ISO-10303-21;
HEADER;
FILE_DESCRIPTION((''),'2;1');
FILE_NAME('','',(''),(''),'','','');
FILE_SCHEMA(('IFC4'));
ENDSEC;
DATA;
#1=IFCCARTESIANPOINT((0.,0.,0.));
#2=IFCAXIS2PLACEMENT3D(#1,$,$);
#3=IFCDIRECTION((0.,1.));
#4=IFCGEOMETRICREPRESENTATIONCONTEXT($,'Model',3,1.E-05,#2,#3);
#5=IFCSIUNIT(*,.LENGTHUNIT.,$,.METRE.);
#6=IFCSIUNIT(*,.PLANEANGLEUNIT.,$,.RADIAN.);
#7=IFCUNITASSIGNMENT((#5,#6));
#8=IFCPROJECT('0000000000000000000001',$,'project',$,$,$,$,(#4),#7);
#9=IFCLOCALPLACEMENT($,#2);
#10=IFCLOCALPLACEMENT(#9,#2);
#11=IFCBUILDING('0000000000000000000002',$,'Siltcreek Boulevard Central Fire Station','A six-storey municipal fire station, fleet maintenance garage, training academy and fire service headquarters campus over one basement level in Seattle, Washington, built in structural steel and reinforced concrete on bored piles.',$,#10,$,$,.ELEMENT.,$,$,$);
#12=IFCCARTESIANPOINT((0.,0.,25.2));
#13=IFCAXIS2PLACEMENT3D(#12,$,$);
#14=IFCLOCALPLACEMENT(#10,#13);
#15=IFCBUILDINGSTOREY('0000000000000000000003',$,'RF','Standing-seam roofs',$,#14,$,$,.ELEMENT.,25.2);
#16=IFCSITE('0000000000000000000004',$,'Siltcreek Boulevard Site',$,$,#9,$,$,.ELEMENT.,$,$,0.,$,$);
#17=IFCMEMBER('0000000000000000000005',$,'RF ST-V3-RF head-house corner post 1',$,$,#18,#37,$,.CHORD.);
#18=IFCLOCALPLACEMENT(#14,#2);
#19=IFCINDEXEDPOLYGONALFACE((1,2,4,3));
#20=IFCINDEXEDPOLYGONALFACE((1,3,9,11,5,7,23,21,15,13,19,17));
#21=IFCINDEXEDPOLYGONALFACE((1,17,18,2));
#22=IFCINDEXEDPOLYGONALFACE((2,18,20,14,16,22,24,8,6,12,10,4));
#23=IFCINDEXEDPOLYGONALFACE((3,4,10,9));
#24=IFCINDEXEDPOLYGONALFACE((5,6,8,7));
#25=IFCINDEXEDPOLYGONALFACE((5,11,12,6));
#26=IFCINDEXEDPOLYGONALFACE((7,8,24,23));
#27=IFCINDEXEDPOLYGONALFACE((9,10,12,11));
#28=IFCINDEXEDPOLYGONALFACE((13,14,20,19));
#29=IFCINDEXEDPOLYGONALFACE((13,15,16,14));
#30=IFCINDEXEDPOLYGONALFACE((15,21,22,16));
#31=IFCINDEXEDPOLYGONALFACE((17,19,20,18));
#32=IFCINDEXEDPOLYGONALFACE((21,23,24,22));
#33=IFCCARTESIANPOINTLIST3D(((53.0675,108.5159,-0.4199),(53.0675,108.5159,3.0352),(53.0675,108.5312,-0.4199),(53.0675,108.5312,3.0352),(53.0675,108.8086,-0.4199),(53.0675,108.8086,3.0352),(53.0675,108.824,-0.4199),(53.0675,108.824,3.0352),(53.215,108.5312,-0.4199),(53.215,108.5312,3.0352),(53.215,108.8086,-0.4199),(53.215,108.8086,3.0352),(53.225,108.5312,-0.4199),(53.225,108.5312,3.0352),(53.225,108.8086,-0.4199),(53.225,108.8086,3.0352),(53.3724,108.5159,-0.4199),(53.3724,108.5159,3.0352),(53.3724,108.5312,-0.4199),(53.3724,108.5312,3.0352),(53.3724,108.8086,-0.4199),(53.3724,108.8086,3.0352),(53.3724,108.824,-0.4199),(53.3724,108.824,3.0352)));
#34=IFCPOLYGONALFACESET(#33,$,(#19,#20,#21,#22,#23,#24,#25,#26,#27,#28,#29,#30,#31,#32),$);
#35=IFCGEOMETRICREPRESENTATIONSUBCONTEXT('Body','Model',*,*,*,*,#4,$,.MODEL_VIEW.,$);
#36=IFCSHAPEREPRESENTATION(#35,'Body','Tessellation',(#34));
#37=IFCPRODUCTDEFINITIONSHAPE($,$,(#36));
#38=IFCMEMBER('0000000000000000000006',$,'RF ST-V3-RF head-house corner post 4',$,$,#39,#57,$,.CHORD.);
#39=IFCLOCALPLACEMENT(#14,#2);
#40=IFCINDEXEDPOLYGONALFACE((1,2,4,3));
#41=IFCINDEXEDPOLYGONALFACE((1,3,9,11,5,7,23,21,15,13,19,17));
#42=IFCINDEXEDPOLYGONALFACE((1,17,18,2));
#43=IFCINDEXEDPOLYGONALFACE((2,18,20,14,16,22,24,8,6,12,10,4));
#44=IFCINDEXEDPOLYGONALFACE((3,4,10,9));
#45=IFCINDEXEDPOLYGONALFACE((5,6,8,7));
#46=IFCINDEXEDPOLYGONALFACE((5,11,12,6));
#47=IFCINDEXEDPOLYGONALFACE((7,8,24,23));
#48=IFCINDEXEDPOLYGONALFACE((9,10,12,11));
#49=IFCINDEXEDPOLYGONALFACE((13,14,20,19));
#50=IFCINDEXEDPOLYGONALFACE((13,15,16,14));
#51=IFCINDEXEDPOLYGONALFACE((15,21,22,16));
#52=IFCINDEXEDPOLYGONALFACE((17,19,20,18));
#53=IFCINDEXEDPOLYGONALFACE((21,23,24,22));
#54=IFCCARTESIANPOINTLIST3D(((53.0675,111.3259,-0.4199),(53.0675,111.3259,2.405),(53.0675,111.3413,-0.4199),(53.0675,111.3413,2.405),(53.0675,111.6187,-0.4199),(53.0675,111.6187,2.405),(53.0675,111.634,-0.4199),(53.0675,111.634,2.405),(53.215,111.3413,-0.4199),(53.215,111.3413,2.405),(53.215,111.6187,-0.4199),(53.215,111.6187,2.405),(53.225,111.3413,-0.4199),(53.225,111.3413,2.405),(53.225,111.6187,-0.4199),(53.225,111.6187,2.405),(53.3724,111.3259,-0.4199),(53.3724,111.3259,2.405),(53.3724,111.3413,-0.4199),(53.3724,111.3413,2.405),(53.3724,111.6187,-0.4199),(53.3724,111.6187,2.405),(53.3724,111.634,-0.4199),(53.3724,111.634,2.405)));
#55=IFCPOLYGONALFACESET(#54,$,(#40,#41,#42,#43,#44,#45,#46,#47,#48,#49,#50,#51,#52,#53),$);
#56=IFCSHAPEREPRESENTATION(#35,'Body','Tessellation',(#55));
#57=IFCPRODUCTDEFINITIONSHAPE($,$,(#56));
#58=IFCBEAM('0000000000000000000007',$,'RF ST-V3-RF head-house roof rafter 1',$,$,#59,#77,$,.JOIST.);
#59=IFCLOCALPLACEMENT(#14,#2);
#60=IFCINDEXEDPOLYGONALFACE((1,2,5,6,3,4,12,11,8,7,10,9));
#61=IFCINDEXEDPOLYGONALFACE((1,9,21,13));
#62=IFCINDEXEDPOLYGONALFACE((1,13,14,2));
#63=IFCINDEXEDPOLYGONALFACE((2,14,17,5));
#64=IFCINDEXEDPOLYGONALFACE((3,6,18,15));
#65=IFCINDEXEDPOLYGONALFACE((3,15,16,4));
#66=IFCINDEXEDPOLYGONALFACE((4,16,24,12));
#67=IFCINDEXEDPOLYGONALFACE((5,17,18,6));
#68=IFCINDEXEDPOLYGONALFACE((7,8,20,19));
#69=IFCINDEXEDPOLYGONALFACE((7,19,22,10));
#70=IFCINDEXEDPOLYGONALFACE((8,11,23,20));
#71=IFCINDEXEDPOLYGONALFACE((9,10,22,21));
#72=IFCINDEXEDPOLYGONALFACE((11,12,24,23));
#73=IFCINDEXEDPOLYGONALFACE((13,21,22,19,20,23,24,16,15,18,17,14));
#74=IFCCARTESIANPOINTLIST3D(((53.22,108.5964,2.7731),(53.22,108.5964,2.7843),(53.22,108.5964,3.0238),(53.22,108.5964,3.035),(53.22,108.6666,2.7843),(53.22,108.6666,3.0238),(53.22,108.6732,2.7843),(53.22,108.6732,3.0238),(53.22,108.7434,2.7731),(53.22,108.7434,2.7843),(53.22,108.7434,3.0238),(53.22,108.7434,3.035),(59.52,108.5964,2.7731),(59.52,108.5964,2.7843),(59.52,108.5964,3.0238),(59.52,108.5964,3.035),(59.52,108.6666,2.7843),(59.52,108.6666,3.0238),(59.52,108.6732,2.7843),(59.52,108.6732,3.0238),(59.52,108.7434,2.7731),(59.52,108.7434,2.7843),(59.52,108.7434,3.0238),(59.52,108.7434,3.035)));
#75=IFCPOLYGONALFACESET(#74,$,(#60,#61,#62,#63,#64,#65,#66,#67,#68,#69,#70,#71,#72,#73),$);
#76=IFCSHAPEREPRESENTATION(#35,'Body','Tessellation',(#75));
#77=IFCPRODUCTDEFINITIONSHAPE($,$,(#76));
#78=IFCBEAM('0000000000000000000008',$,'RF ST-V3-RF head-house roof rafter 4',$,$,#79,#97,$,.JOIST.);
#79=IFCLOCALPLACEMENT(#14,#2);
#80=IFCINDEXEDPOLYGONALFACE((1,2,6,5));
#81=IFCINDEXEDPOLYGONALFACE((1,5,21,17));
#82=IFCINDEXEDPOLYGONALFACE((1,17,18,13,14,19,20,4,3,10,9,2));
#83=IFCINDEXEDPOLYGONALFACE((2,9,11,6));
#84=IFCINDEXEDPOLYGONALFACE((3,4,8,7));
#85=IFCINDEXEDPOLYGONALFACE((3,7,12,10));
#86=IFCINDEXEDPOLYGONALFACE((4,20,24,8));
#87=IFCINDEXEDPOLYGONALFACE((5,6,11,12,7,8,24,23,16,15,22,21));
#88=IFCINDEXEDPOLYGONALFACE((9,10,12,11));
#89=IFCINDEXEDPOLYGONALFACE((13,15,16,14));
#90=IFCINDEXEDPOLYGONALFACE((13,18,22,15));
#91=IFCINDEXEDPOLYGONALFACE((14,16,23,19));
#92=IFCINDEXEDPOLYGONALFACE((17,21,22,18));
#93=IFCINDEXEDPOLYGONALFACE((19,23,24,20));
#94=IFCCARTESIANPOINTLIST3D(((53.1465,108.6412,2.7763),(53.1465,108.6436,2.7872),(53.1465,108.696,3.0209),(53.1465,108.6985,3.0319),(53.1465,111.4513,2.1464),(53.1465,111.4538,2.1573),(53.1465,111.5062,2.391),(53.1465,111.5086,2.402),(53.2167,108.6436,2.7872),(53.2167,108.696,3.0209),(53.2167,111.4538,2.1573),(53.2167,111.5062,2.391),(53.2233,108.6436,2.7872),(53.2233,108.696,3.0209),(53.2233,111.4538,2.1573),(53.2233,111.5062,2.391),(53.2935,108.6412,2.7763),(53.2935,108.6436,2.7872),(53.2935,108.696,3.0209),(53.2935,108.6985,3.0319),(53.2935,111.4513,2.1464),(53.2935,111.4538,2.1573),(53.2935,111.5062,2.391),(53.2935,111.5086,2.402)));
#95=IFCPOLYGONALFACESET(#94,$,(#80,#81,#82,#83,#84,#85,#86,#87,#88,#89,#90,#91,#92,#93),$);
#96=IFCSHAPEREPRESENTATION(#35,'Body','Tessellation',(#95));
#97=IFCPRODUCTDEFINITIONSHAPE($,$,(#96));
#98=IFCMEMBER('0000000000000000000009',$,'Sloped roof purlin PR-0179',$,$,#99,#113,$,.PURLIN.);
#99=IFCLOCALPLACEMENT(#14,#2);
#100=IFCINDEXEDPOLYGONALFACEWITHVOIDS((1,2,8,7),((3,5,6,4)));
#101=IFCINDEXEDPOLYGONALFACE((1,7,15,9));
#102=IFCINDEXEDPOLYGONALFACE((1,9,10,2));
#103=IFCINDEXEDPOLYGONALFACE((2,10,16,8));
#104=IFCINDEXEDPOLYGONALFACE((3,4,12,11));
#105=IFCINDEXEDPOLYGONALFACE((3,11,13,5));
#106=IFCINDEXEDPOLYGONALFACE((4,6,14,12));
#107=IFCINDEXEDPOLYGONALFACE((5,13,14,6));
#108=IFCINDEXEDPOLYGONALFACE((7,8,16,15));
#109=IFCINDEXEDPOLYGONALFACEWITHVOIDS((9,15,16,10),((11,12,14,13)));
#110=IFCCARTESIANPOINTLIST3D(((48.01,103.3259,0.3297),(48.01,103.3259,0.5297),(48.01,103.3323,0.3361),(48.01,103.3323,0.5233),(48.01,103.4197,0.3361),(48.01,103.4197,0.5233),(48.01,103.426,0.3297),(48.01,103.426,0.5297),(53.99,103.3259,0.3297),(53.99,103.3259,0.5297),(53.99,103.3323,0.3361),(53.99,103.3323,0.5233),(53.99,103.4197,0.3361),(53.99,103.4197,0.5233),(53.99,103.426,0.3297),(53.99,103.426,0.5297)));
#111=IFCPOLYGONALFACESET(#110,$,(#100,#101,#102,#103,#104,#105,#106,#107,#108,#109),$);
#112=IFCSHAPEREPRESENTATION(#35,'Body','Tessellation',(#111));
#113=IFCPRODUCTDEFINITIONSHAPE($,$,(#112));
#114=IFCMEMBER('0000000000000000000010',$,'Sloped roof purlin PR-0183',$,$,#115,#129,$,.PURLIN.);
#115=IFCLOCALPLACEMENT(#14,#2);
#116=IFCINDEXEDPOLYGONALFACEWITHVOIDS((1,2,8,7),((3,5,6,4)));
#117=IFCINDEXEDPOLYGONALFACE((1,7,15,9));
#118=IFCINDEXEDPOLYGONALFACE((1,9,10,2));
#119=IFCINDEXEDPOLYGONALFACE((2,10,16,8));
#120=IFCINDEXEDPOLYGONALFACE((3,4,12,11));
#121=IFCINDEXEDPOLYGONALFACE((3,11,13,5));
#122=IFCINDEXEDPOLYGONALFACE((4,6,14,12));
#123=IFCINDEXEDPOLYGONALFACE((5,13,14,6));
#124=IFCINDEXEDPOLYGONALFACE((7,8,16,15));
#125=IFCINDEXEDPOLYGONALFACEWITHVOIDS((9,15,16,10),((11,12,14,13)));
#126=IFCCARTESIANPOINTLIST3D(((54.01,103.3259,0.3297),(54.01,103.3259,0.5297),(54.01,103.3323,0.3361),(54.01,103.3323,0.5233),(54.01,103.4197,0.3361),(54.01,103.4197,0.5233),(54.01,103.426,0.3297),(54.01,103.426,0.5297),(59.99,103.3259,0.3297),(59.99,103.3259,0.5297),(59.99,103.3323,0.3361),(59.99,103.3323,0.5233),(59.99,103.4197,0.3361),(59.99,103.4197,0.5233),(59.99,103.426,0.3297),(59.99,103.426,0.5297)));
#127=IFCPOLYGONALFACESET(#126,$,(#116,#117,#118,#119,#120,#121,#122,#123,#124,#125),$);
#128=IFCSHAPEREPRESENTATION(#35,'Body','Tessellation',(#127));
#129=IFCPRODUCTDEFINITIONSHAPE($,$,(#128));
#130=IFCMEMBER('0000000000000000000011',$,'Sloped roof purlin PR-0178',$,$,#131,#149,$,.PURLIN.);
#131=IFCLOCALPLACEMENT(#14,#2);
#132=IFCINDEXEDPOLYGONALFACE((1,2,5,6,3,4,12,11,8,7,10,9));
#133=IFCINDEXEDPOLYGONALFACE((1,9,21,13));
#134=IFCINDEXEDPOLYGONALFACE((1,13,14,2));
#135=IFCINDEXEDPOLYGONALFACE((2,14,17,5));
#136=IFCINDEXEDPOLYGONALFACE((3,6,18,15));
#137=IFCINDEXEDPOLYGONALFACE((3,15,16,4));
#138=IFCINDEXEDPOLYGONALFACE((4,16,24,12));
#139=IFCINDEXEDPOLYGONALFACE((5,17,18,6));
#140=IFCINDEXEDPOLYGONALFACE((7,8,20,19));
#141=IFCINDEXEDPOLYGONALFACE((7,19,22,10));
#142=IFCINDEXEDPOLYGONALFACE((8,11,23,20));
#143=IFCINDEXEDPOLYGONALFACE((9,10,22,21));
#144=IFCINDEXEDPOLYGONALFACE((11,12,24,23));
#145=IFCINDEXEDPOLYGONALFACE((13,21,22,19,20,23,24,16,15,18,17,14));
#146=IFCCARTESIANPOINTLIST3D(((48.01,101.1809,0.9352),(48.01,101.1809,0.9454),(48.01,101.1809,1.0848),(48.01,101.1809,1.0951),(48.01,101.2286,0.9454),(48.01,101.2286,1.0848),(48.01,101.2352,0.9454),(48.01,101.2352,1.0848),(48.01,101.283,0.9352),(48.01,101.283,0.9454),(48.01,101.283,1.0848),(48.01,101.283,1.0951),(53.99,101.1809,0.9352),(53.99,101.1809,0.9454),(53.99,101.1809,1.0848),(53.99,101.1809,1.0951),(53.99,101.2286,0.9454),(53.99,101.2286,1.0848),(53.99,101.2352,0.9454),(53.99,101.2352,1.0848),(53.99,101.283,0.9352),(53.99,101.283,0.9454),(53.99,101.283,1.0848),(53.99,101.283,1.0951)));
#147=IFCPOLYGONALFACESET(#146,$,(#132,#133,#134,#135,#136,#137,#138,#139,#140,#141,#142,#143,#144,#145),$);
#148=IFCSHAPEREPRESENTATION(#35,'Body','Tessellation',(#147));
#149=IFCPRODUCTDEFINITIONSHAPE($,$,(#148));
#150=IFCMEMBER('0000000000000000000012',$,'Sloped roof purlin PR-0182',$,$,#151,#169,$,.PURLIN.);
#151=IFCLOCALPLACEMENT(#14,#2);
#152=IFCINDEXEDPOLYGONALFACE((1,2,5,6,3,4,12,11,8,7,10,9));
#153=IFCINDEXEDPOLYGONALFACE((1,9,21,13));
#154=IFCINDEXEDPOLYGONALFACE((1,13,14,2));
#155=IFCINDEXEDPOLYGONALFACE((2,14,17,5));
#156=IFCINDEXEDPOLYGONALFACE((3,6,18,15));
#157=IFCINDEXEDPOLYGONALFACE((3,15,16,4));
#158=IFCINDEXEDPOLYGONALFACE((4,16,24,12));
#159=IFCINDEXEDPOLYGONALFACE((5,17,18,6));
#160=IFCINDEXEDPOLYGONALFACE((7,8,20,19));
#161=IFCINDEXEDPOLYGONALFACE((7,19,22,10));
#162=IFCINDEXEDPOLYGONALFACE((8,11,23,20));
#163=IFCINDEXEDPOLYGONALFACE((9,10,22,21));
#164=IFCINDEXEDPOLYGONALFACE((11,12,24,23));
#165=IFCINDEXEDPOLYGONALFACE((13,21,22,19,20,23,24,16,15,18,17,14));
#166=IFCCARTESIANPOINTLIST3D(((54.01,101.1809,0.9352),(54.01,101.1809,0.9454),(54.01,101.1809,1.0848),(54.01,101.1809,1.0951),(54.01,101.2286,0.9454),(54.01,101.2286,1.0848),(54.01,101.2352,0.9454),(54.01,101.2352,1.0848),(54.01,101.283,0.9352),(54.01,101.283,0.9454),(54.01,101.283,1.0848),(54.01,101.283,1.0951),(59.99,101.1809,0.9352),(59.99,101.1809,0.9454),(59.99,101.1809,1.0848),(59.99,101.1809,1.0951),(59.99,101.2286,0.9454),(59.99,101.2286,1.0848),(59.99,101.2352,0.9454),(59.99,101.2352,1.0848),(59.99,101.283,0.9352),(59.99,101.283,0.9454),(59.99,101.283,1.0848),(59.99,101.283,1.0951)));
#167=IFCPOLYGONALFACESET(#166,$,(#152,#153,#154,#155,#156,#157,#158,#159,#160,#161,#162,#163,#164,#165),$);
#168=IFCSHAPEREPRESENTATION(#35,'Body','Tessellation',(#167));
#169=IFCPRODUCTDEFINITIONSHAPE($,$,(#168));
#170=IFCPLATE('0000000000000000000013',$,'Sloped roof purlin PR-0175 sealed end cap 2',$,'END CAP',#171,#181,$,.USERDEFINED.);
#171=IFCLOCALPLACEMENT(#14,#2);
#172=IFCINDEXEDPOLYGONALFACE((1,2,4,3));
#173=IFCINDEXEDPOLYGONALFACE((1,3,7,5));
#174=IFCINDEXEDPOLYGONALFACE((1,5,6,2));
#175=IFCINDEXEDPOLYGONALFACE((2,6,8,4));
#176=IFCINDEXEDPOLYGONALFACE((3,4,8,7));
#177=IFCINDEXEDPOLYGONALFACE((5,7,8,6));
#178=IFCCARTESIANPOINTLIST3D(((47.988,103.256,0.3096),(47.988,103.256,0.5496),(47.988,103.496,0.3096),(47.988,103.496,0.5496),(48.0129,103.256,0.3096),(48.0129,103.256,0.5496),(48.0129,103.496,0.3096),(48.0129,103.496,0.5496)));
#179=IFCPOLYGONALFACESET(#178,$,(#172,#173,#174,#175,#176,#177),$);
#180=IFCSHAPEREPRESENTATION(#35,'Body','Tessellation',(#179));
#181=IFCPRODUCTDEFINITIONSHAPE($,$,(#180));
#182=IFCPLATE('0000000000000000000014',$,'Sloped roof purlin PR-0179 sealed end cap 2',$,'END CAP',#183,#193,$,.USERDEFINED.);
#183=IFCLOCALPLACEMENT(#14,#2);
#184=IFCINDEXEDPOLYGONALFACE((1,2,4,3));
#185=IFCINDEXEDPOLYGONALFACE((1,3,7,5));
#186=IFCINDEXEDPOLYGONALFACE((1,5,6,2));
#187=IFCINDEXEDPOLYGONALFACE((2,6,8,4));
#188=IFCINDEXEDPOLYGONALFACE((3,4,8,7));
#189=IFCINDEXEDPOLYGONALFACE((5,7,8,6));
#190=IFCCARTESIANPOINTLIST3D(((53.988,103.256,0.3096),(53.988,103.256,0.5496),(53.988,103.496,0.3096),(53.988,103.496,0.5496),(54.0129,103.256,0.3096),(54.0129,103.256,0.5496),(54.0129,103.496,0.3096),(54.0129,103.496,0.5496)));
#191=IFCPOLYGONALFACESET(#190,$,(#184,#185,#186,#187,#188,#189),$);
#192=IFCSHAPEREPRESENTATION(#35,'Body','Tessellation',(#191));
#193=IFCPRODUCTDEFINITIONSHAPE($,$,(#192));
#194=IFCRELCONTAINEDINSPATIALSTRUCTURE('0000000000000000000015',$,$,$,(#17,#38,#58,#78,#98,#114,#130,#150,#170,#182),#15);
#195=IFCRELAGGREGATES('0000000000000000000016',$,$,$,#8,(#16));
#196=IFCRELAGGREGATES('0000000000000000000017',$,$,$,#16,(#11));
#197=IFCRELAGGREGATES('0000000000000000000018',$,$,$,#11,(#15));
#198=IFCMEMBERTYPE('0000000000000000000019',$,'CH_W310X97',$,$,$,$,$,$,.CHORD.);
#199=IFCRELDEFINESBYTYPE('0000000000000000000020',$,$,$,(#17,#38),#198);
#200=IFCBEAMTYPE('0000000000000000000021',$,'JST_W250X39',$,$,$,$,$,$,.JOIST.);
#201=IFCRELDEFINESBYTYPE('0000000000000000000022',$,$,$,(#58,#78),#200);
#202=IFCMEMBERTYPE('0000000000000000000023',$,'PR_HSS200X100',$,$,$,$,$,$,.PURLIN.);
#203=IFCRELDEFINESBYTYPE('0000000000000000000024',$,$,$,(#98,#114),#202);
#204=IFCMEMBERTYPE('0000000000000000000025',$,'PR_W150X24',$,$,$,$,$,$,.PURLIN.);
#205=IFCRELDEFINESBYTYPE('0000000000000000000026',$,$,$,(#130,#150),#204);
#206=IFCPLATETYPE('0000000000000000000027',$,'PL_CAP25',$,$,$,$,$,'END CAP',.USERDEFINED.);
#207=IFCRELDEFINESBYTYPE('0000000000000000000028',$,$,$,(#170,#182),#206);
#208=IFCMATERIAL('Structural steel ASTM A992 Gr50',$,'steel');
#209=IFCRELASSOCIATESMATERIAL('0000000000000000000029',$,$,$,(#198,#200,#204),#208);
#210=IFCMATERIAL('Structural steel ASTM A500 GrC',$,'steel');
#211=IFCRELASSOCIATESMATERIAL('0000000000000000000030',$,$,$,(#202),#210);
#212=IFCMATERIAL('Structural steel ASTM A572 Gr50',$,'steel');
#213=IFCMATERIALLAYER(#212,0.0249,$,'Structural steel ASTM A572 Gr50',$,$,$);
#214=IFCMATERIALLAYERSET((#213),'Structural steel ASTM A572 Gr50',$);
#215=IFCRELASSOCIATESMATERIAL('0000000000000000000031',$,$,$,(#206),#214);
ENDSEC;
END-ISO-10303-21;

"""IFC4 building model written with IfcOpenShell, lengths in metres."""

from ifc_helpers import new_model, si_unit, direction, frame, origin, origin_2d, place, context, subcontext, project, spatial, rectangle, hollow_rectangle, i_section, extrude, material, layer, layer_set, material_profile, profile_set, type_object, element, save


model = new_model("IFC4")

# Units and contexts
model_context = context("Model", 3, precision=1e-05, world=origin(), true_north=direction((0.0, 1.0)))
body_context = subcontext(model_context, "Body", "Model", "MODEL_VIEW")
ifc_project = project(units=[si_unit("LENGTHUNIT", "METRE"), si_unit("PLANEANGLEUNIT", "RADIAN")], contexts=[model_context])

# Site, building, storey
site_placement = place(None, origin())
site = spatial("IfcSite", under=ifc_project, at=site_placement, Name="Siltcreek Boulevard Site", CompositionType="ELEMENT", RefElevation=0.0)
building_placement = place(site_placement, origin())
building = spatial("IfcBuilding", under=site, at=building_placement, Name="Siltcreek Boulevard Central Fire Station", Description="A six-storey municipal fire station, fleet maintenance garage, training academy and fire service headquarters campus over one basement level in Seattle, Washington, built in structural steel and reinforced concrete on bored piles.", CompositionType="ELEMENT")
storey_placement = place(building_placement, frame((0.0, 0.0, 25.2)))
storey = spatial("IfcBuildingStorey", under=building, at=storey_placement, Name="RF", Description="Standing-seam roofs", CompositionType="ELEMENT", Elevation=25.2)

# Members
ifc_material_1 = material(Name="Structural steel ASTM A992 Gr50", Category="steel")
ifc_material_profile_1 = material_profile(ifc_material_1, i_section(OverallWidth=0.3049, OverallDepth=0.3081, WebThickness=0.01, FlangeThickness=0.0154, at=origin_2d()), Name="W310X97")
ifc_profile_set_1 = profile_set([ifc_material_profile_1], Name="Structural steel ASTM A992 Gr50")
member_type_1 = type_object("IfcMemberType", Name="CH_W310X97", PredefinedType="CHORD", material=ifc_profile_set_1)
member_1_placement = place(storey_placement, frame((53.22, 108.6699, -0.4199), z_axis=(0.0, 0.0, 1.0), x_axis=(1.0, 0.0, 0.0)))
element("IfcMember", 1, at=member_1_placement, inside=storey, type_object=member_type_1, Name="RF ST-V3-RF head-house corner post 1", PredefinedType="CHORD", context=body_context, shape_type="SweptSolid", body=[
    extrude(i_section(OverallWidth=0.3049, OverallDepth=0.3081, WebThickness=0.01, FlangeThickness=0.0154, at=origin_2d()), origin(), (0.0, 0.0, 1.0), 3.4551),
])
member_2_placement = place(storey_placement, frame((53.22, 111.48, -0.4199), z_axis=(0.0, 0.0, 1.0), x_axis=(1.0, 0.0, 0.0)))
element("IfcMember", 2, at=member_2_placement, inside=storey, type_object=member_type_1, Name="RF ST-V3-RF head-house corner post 4", PredefinedType="CHORD", context=body_context, shape_type="SweptSolid", body=[
    extrude(i_section(OverallWidth=0.3049, OverallDepth=0.3081, WebThickness=0.01, FlangeThickness=0.0154, at=origin_2d()), origin(), (0.0, 0.0, 1.0), 2.825),
])

# Beams
ifc_material_profile_2 = material_profile(ifc_material_1, i_section(OverallWidth=0.147, OverallDepth=0.262, WebThickness=0.0066, FlangeThickness=0.0112, at=origin_2d()), Name="W250X39")
ifc_profile_set_2 = profile_set([ifc_material_profile_2], Name="Structural steel ASTM A992 Gr50")
beam_type = type_object("IfcBeamType", Name="JST_W250X39", PredefinedType="JOIST", material=ifc_profile_set_2)
beam_1_placement = place(storey_placement, frame((53.22, 108.6699, 2.9041), z_axis=(1.0, 0.0, 0.0), x_axis=(0.0, 1.0, 0.0)))
element("IfcBeam", 3, at=beam_1_placement, inside=storey, type_object=beam_type, Name="RF ST-V3-RF head-house roof rafter 1", PredefinedType="JOIST", context=body_context, shape_type="SweptSolid", body=[
    extrude(i_section(OverallWidth=0.147, OverallDepth=0.262, WebThickness=0.0066, FlangeThickness=0.0112, at=origin_2d()), origin(), (0.0, 0.0, 1.0), 6.3),
])
beam_2_placement = place(storey_placement, frame((53.22, 111.48, 2.2742), z_axis=(0.0, -0.975786, 0.218725), x_axis=(1.0, 0.0, 0.0)))
element("IfcBeam", 4, at=beam_2_placement, inside=storey, type_object=beam_type, Name="RF ST-V3-RF head-house roof rafter 4", PredefinedType="JOIST", context=body_context, shape_type="SweptSolid", body=[
    extrude(i_section(OverallWidth=0.147, OverallDepth=0.262, WebThickness=0.0066, FlangeThickness=0.0112, at=origin_2d()), origin(), (0.0, 0.0, 1.0), 2.8799),
])

# Members
ifc_material_2 = material(Name="Structural steel ASTM A500 GrC", Category="steel")
ifc_material_profile_3 = material_profile(ifc_material_2, hollow_rectangle(XDim=0.1001, YDim=0.2, WallThickness=0.0063, at=origin_2d()), Name="HSS200X100X6.4")
ifc_profile_set_3 = profile_set([ifc_material_profile_3], Name="Structural steel ASTM A500 GrC")
member_type_2 = type_object("IfcMemberType", Name="PR_HSS200X100", PredefinedType="PURLIN", material=ifc_profile_set_3)
for number, where, z_axis, x_axis, name in (
    (5, (48.01, 103.376, 0.4297), (1.0, 0.0, 0.0), (0.0, 1.0, 0.0), "Sloped roof purlin PR-0179"),
    (6, (54.01, 103.376, 0.4297), (1.0, 0.0, 0.0), (0.0, 1.0, 0.0), "Sloped roof purlin PR-0183"),
):
    element("IfcMember", number, at=place(storey_placement, frame(where, z_axis=z_axis, x_axis=x_axis)), inside=storey, type_object=member_type_2, Name=name, PredefinedType="PURLIN", context=body_context, shape_type="SweptSolid", body=[
        extrude(hollow_rectangle(XDim=0.1001, YDim=0.2, WallThickness=0.0063, at=origin_2d()), origin(), (0.0, 0.0, 1.0), 5.98),
    ])
ifc_material_profile_4 = material_profile(ifc_material_1, i_section(OverallWidth=0.1021, OverallDepth=0.1599, WebThickness=0.0066, FlangeThickness=0.0103, at=origin_2d()), Name="W150X24")
ifc_profile_set_4 = profile_set([ifc_material_profile_4], Name="Structural steel ASTM A992 Gr50")
member_type_3 = type_object("IfcMemberType", Name="PR_W150X24", PredefinedType="PURLIN", material=ifc_profile_set_4)
for number, where, z_axis, x_axis, name in (
    (7, (48.01, 101.2319, 1.0151), (1.0, 0.0, 0.0), (0.0, 1.0, 0.0), "Sloped roof purlin PR-0178"),
    (8, (54.01, 101.2319, 1.0151), (1.0, 0.0, 0.0), (0.0, 1.0, 0.0), "Sloped roof purlin PR-0182"),
):
    element("IfcMember", number, at=place(storey_placement, frame(where, z_axis=z_axis, x_axis=x_axis)), inside=storey, type_object=member_type_3, Name=name, PredefinedType="PURLIN", context=body_context, shape_type="SweptSolid", body=[
        extrude(i_section(OverallWidth=0.1021, OverallDepth=0.1599, WebThickness=0.0066, FlangeThickness=0.0103, at=origin_2d()), origin(), (0.0, 0.0, 1.0), 5.98),
    ])

# Plates
ifc_material_3 = material(Name="Structural steel ASTM A572 Gr50", Category="steel")
ifc_layer_1 = layer(ifc_material_3, 0.0249, Name="Structural steel ASTM A572 Gr50")
ifc_layer_set_1 = layer_set([ifc_layer_1], Name="Structural steel ASTM A572 Gr50")
plate_type = type_object("IfcPlateType", Name="PL_CAP25", ElementType="END CAP", PredefinedType="USERDEFINED", material=ifc_layer_set_1)
for number, where, z_axis, x_axis, name in (
    (9, (48.0005, 103.376, 0.3096), (0.0, 0.0, 1.0), (1.0, 0.0, 0.0), "Sloped roof purlin PR-0175 sealed end cap 2"),
    (10, (54.0005, 103.376, 0.3096), (0.0, 0.0, 1.0), (1.0, 0.0, 0.0), "Sloped roof purlin PR-0179 sealed end cap 2"),
):
    element("IfcPlate", number, at=place(storey_placement, frame(where, z_axis=z_axis, x_axis=x_axis)), inside=storey, type_object=plate_type, Name=name, ObjectType="END CAP", PredefinedType="USERDEFINED", context=body_context, shape_type="SweptSolid", body=[
        extrude(rectangle(XDim=0.0249, YDim=0.24, at=origin_2d()), origin(), (0.0, 0.0, 1.0), 0.24),
    ])

save(model, "model.ifc")
